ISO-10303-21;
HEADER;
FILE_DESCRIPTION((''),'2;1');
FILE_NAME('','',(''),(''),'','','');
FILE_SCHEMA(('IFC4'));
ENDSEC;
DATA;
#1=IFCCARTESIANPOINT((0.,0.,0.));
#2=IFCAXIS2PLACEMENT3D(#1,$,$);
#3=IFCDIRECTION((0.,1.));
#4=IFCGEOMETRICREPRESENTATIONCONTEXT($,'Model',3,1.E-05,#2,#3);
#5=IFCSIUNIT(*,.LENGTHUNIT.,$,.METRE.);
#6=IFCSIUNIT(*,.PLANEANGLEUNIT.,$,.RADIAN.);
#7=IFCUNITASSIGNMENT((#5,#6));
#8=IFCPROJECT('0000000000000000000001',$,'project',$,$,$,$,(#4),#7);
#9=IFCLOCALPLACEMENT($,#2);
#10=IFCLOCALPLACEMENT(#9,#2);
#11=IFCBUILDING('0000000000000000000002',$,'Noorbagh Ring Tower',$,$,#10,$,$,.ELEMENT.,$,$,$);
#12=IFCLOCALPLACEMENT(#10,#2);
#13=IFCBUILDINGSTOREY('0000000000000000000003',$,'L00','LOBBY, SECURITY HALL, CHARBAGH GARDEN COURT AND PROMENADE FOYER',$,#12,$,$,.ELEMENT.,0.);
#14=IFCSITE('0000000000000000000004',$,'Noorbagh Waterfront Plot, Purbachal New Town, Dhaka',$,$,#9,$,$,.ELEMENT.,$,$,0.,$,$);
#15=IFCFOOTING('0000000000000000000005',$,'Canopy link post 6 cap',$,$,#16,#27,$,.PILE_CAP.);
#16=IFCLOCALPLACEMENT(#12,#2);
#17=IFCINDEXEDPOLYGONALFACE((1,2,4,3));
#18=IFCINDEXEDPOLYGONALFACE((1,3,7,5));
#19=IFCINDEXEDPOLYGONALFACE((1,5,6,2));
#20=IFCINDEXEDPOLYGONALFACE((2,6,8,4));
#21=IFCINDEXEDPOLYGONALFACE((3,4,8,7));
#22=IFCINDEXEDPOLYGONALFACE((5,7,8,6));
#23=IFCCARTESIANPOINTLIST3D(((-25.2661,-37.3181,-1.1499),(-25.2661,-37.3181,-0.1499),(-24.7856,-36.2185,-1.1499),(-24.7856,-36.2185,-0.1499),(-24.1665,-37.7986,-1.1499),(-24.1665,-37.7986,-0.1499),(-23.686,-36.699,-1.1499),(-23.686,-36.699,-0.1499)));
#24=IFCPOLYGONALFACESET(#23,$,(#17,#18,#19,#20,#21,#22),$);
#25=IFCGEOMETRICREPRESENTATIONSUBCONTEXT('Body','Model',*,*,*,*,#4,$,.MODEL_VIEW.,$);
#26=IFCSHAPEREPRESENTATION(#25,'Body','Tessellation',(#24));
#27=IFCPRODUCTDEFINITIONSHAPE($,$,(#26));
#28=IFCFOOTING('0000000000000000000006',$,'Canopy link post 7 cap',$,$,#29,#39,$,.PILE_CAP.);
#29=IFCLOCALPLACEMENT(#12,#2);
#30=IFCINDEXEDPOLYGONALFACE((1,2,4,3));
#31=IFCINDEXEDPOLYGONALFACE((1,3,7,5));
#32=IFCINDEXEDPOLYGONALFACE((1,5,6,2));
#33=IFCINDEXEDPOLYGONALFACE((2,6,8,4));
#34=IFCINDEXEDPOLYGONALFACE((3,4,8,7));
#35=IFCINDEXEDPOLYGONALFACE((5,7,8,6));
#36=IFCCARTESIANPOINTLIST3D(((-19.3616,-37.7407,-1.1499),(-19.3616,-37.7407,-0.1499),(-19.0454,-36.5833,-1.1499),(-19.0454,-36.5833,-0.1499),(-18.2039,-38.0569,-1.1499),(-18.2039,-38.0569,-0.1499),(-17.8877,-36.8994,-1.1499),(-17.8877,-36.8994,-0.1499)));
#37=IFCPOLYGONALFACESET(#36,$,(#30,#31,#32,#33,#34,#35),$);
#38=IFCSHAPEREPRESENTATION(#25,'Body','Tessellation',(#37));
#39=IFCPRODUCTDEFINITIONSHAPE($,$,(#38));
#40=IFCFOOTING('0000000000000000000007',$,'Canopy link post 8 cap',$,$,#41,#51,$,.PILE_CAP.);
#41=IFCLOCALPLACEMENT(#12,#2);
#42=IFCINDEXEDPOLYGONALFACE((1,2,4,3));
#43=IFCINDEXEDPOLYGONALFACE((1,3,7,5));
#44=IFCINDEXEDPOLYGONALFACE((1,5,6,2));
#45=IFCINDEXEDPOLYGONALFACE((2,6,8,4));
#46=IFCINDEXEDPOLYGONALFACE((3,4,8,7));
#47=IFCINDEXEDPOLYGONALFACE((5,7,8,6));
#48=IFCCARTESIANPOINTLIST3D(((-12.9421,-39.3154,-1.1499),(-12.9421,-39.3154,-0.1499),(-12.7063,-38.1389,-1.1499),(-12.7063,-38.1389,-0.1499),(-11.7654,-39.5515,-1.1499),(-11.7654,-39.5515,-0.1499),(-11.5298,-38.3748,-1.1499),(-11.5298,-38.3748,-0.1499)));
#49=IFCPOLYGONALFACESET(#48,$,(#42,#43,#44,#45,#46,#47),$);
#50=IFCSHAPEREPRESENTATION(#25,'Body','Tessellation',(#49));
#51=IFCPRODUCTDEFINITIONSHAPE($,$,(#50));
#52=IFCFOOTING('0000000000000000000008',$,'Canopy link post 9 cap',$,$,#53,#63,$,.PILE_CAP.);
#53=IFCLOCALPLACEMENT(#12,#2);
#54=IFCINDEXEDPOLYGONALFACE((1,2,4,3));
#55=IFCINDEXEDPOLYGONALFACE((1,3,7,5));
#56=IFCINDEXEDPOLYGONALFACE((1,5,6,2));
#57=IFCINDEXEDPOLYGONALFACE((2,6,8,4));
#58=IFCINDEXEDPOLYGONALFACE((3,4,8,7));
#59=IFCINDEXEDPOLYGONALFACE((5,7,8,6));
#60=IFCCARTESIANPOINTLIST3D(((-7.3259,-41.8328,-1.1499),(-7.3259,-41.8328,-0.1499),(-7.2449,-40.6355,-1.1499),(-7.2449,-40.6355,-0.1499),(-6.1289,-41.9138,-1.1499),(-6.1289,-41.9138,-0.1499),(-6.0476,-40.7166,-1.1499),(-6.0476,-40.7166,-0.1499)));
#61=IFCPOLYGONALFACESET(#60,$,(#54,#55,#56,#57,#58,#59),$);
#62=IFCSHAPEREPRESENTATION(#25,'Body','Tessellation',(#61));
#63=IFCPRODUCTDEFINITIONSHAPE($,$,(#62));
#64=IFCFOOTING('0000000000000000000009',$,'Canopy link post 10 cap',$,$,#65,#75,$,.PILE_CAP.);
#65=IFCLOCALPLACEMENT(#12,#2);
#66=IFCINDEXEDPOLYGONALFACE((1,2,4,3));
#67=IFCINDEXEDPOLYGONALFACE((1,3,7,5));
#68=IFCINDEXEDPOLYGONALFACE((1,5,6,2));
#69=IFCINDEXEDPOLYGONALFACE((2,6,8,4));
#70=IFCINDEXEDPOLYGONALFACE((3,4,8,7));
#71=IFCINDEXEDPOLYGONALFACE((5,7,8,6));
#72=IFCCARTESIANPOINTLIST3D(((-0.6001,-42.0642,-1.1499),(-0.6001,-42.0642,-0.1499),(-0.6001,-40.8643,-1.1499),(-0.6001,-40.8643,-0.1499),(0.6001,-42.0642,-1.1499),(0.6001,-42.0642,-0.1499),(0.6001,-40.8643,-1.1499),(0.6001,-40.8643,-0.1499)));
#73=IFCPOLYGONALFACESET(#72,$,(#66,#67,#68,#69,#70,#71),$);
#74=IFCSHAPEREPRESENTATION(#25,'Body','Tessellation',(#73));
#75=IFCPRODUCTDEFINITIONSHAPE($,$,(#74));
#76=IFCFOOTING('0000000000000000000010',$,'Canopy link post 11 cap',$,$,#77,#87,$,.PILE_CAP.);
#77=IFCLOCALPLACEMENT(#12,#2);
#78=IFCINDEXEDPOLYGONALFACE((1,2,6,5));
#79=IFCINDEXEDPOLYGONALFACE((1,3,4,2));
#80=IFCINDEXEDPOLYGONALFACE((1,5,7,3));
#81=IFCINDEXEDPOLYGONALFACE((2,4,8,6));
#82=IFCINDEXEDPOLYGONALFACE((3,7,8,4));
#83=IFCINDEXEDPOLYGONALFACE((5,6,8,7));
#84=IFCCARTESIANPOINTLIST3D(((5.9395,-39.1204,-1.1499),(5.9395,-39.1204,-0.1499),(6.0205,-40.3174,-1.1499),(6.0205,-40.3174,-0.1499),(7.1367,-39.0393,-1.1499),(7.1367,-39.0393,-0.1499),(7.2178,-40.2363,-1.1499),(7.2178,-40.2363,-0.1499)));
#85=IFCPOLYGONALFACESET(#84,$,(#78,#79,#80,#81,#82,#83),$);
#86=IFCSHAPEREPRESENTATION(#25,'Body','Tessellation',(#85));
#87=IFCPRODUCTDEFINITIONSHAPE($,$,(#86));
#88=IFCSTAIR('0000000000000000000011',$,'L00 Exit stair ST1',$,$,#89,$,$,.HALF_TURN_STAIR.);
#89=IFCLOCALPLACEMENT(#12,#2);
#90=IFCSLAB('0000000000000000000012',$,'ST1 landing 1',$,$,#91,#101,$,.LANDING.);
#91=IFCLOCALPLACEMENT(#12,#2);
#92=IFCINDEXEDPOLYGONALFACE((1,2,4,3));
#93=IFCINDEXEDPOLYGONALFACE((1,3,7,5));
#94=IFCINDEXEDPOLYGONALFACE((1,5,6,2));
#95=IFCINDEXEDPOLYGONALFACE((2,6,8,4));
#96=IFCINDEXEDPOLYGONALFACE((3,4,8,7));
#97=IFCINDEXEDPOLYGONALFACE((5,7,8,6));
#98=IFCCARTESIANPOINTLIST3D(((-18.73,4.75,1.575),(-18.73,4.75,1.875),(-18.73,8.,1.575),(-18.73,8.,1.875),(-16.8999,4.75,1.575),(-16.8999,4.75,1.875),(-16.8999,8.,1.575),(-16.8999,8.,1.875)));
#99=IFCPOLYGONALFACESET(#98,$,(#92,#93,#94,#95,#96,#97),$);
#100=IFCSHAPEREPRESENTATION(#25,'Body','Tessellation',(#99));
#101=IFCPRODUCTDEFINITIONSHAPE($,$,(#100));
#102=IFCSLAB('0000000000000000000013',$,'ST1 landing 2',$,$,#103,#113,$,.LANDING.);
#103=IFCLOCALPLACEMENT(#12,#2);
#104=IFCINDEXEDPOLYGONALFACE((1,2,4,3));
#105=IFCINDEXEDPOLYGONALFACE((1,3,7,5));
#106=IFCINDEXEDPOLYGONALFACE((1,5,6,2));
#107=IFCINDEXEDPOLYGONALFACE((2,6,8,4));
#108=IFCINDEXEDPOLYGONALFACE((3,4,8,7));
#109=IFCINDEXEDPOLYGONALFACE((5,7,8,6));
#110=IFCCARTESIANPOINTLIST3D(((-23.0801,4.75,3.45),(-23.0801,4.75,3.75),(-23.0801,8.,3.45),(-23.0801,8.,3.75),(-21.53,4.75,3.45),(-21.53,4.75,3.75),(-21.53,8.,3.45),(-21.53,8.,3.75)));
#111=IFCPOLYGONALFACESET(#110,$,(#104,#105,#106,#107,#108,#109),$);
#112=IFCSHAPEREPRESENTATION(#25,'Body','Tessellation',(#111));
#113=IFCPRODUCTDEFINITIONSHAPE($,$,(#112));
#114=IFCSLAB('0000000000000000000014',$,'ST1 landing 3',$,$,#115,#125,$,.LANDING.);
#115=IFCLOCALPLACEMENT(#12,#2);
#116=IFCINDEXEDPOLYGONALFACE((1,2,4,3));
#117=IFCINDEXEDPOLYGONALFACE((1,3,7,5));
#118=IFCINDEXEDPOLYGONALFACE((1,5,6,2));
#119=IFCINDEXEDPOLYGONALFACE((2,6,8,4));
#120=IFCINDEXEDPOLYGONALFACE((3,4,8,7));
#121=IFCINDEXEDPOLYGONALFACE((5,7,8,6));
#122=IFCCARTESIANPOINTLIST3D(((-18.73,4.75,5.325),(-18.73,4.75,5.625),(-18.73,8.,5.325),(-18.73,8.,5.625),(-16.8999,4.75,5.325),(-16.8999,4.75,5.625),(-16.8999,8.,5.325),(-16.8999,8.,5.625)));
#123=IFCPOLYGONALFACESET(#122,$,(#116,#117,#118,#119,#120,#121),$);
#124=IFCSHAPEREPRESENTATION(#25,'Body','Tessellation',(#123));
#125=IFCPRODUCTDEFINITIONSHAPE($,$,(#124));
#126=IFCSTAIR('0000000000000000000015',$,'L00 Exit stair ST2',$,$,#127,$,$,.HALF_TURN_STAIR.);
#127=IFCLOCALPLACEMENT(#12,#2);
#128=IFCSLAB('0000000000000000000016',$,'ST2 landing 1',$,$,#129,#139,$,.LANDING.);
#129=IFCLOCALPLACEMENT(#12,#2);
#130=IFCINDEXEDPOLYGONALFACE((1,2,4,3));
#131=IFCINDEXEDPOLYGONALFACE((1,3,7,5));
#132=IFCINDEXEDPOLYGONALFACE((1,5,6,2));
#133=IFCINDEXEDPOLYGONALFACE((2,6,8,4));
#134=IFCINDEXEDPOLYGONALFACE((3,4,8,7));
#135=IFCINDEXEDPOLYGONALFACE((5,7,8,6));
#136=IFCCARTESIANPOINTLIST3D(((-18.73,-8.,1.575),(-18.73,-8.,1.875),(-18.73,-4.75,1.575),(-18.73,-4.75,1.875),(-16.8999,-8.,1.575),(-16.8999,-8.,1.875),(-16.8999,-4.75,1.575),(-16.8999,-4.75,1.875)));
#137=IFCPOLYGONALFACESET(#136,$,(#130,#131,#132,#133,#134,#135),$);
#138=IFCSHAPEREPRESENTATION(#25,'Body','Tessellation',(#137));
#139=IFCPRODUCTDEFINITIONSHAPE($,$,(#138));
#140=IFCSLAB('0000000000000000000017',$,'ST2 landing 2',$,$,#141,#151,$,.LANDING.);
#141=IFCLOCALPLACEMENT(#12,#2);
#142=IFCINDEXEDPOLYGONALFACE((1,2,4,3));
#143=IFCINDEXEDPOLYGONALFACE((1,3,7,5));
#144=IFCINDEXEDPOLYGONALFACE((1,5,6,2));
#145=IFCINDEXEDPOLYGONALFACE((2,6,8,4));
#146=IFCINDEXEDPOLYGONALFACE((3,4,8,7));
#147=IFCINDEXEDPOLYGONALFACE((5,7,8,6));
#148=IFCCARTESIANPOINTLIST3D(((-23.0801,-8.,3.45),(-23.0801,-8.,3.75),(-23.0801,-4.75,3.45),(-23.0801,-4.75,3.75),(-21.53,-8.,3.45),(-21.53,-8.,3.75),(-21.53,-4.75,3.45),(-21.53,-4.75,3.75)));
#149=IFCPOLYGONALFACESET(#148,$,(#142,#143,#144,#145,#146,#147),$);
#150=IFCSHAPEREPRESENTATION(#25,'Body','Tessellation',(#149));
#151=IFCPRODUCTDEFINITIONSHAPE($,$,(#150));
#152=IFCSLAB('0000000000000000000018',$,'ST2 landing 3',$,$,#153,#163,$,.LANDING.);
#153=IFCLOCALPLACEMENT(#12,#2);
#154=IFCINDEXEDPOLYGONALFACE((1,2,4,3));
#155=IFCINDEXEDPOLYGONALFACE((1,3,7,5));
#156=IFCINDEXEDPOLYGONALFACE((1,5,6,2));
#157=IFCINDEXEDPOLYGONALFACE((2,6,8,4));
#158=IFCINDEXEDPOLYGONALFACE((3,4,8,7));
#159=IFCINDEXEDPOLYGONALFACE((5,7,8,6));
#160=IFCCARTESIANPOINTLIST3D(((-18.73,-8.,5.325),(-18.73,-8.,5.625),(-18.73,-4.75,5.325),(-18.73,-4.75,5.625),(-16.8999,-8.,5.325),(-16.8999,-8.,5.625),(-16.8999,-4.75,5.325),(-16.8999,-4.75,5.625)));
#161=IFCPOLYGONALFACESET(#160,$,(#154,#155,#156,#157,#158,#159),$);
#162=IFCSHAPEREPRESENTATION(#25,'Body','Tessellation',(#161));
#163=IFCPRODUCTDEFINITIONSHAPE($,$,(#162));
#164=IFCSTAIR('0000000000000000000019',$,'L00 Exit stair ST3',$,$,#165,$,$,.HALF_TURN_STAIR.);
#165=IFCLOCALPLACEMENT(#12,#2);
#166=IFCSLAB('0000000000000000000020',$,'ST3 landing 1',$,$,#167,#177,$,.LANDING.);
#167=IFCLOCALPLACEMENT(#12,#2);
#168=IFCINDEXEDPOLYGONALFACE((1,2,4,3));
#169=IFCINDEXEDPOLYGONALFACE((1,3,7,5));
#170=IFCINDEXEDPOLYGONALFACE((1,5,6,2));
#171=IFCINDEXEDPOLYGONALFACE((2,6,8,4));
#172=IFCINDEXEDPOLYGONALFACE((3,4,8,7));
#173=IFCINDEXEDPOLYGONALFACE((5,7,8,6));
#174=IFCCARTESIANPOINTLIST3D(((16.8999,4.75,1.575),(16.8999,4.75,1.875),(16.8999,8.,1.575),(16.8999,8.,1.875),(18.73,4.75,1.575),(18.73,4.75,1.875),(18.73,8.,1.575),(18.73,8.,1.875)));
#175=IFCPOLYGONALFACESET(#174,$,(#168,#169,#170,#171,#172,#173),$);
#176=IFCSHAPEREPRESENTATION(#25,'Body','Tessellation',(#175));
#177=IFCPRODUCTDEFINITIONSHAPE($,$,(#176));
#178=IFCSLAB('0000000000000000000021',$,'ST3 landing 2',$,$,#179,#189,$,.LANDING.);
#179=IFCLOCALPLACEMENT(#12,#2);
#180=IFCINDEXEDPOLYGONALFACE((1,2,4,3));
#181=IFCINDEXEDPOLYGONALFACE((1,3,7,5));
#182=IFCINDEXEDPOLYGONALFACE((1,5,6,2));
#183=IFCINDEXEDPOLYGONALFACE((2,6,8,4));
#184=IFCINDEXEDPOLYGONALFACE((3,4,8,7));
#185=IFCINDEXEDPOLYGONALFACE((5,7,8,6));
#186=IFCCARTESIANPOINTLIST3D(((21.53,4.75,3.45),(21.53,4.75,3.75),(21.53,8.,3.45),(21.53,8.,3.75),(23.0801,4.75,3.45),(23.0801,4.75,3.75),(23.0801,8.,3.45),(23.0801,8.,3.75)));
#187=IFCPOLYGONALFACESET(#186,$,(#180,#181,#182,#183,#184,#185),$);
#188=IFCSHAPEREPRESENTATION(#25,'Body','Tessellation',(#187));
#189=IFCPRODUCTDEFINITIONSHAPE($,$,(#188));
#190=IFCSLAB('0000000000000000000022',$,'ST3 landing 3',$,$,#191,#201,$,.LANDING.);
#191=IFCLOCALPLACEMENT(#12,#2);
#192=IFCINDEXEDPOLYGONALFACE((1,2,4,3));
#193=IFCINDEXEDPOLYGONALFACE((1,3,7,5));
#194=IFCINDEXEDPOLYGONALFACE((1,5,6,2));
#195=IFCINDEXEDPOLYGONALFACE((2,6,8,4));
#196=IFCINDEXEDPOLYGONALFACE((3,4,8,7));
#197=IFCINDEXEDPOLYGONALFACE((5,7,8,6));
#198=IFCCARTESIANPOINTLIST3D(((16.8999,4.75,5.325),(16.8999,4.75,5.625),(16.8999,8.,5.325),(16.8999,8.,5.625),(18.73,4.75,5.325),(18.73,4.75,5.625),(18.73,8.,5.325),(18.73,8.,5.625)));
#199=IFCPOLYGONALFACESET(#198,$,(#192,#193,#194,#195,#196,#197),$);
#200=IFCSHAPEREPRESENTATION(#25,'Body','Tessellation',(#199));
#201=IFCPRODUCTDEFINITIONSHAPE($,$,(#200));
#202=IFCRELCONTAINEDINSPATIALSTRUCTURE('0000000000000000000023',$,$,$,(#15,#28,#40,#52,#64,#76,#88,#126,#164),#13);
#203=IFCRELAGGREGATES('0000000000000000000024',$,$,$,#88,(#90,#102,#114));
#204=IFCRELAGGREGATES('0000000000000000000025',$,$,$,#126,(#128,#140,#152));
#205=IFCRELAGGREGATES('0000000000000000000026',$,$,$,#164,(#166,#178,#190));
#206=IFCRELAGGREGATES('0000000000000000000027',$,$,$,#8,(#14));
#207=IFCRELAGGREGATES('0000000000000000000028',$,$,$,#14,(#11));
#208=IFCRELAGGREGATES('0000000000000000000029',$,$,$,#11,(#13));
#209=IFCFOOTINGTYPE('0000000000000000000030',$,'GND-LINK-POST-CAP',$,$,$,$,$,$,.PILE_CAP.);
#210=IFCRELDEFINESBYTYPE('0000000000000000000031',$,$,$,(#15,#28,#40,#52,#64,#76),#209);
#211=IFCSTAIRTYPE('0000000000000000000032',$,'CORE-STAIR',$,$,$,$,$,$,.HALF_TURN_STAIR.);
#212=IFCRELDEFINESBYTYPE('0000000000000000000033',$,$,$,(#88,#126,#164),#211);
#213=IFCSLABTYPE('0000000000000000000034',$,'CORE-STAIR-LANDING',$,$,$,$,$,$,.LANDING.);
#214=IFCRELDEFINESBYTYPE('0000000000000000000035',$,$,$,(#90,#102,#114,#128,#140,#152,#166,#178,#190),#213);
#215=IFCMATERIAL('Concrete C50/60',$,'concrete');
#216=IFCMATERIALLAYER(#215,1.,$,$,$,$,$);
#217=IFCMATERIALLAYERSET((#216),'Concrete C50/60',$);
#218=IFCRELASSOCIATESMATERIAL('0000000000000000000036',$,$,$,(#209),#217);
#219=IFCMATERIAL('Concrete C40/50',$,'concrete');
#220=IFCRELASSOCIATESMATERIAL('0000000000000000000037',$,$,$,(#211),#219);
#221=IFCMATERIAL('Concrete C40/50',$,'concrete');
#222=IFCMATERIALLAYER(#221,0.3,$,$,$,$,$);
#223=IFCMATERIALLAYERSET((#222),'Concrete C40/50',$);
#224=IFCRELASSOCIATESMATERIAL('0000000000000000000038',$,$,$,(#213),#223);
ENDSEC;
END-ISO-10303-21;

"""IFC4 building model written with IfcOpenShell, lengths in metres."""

from ifc_helpers import new_model, si_unit, direction, frame, origin, place, context, subcontext, project, spatial, polyline, outline, extrude, material, layer, layer_set, type_object, element, aggregate, save


model = new_model("IFC4")

# Units and contexts
model_context = context("Model", 3, precision=1e-05, world=origin(), true_north=direction((0.0, 1.0)))
body_context = subcontext(model_context, "Body", "Model", "MODEL_VIEW")
ifc_project = project(units=[si_unit("LENGTHUNIT", "METRE"), si_unit("PLANEANGLEUNIT", "RADIAN")], contexts=[model_context])

# Site, building, storey
site_placement = place(None, origin())
site = spatial("IfcSite", under=ifc_project, at=site_placement, Name="Noorbagh Waterfront Plot, Purbachal New Town, Dhaka", CompositionType="ELEMENT", RefElevation=0.0)
building_placement = place(site_placement, origin())
building = spatial("IfcBuilding", under=site, at=building_placement, Name="Noorbagh Ring Tower", CompositionType="ELEMENT")
storey_placement = place(building_placement, origin())
storey = spatial("IfcBuildingStorey", under=building, at=storey_placement, Name="L00", Description="LOBBY, SECURITY HALL, CHARBAGH GARDEN COURT AND PROMENADE FOYER", CompositionType="ELEMENT", Elevation=0.0)

# Footings
ifc_material_1 = material(Name="Concrete C50/60", Category="concrete")
ifc_layer_1 = layer(ifc_material_1, 1.0)
ifc_layer_set_1 = layer_set([ifc_layer_1], Name="Concrete C50/60")
footing_type = type_object("IfcFootingType", Name="GND-LINK-POST-CAP", PredefinedType="PILE_CAP", material=ifc_layer_set_1)
footing_1_placement = place(storey_placement, frame((0.0, 0.0, -1.1499)))
element("IfcFooting", 1, at=footing_1_placement, inside=storey, type_object=footing_type, Name="Canopy link post 6 cap", PredefinedType="PILE_CAP", context=body_context, shape_type="SweptSolid", body=[
    extrude(outline(polyline([(-23.686, -36.699), (-24.1665, -37.7986), (-25.2661, -37.3181), (-24.7856, -36.2185), (-23.686, -36.699)])), origin(), (0.0, 0.0, 1.0), 1.0),
])
footing_2_placement = place(storey_placement, frame((0.0, 0.0, -1.1499)))
element("IfcFooting", 2, at=footing_2_placement, inside=storey, type_object=footing_type, Name="Canopy link post 7 cap", PredefinedType="PILE_CAP", context=body_context, shape_type="SweptSolid", body=[
    extrude(outline(polyline([(-17.8877, -36.8994), (-18.2039, -38.0569), (-19.3616, -37.7407), (-19.0454, -36.5833), (-17.8877, -36.8994)])), origin(), (0.0, 0.0, 1.0), 1.0),
])
footing_3_placement = place(storey_placement, frame((0.0, 0.0, -1.1499)))
element("IfcFooting", 3, at=footing_3_placement, inside=storey, type_object=footing_type, Name="Canopy link post 8 cap", PredefinedType="PILE_CAP", context=body_context, shape_type="SweptSolid", body=[
    extrude(outline(polyline([(-11.5298, -38.3748), (-11.7654, -39.5515), (-12.9421, -39.3154), (-12.7063, -38.1389), (-11.5298, -38.3748)])), origin(), (0.0, 0.0, 1.0), 1.0),
])
footing_4_placement = place(storey_placement, frame((0.0, 0.0, -1.1499)))
element("IfcFooting", 4, at=footing_4_placement, inside=storey, type_object=footing_type, Name="Canopy link post 9 cap", PredefinedType="PILE_CAP", context=body_context, shape_type="SweptSolid", body=[
    extrude(outline(polyline([(-6.0476, -40.7166), (-6.1289, -41.9138), (-7.3259, -41.8328), (-7.2449, -40.6355), (-6.0476, -40.7166)])), origin(), (0.0, 0.0, 1.0), 1.0),
])
footing_5_placement = place(storey_placement, frame((0.0, 0.0, -1.1499)))
element("IfcFooting", 5, at=footing_5_placement, inside=storey, type_object=footing_type, Name="Canopy link post 10 cap", PredefinedType="PILE_CAP", context=body_context, shape_type="SweptSolid", body=[
    extrude(outline(polyline([(0.6001, -40.8643), (0.6001, -42.0642), (-0.6001, -42.0642), (-0.6001, -40.8643), (0.6001, -40.8643)])), origin(), (0.0, 0.0, 1.0), 1.0),
])
footing_6_placement = place(storey_placement, frame((0.0, 0.0, -1.1499)))
element("IfcFooting", 6, at=footing_6_placement, inside=storey, type_object=footing_type, Name="Canopy link post 11 cap", PredefinedType="PILE_CAP", context=body_context, shape_type="SweptSolid", body=[
    extrude(outline(polyline([(7.1367, -39.0393), (7.2178, -40.2363), (6.0205, -40.3174), (5.9395, -39.1204), (7.1367, -39.0393)])), origin(), (0.0, 0.0, 1.0), 1.0),
])

# Stairs, slabs
ifc_material_2 = material(Name="Concrete C40/50", Category="concrete")
stair_type_1 = type_object("IfcStairType", Name="CORE-STAIR", PredefinedType="HALF_TURN_STAIR", material=ifc_material_2)
stair_1_placement = place(storey_placement, origin())
stair_1 = element("IfcStair", 7, at=stair_1_placement, inside=storey, type_object=stair_type_1, Name="L00 Exit stair ST1", PredefinedType="HALF_TURN_STAIR")
ifc_material_3 = material(Name="Concrete C40/50", Category="concrete")
ifc_layer_2 = layer(ifc_material_3, 0.3)
ifc_layer_set_2 = layer_set([ifc_layer_2], Name="Concrete C40/50")
slab_type_1 = type_object("IfcSlabType", Name="CORE-STAIR-LANDING", PredefinedType="LANDING", material=ifc_layer_set_2)
slab_1_placement = place(storey_placement, frame((0.0, 0.0, 1.575)))
slab_1 = element("IfcSlab", 8, at=slab_1_placement, type_object=slab_type_1, Name="ST1 landing 1", PredefinedType="LANDING", context=body_context, shape_type="SweptSolid", body=[
    extrude(outline(polyline([(-18.73, 4.75), (-16.8999, 4.75), (-16.8999, 8.0), (-18.73, 8.0), (-18.73, 4.75)])), origin(), (0.0, 0.0, 1.0), 0.3),
])
slab_2_placement = place(storey_placement, frame((0.0, 0.0, 3.45)))
slab_2 = element("IfcSlab", 9, at=slab_2_placement, type_object=slab_type_1, Name="ST1 landing 2", PredefinedType="LANDING", context=body_context, shape_type="SweptSolid", body=[
    extrude(outline(polyline([(-23.0801, 4.75), (-21.53, 4.75), (-21.53, 8.0), (-23.0801, 8.0), (-23.0801, 4.75)])), origin(), (0.0, 0.0, 1.0), 0.3),
])
slab_3_placement = place(storey_placement, frame((0.0, 0.0, 5.325)))
slab_3 = element("IfcSlab", 10, at=slab_3_placement, type_object=slab_type_1, Name="ST1 landing 3", PredefinedType="LANDING", context=body_context, shape_type="SweptSolid", body=[
    extrude(outline(polyline([(-18.73, 4.75), (-16.8999, 4.75), (-16.8999, 8.0), (-18.73, 8.0), (-18.73, 4.75)])), origin(), (0.0, 0.0, 1.0), 0.3),
])
aggregate(stair_1, [slab_1, slab_2, slab_3])
stair_2_placement = place(storey_placement, origin())
stair_2 = element("IfcStair", 11, at=stair_2_placement, inside=storey, type_object=stair_type_1, Name="L00 Exit stair ST2", PredefinedType="HALF_TURN_STAIR")
slab_4_placement = place(storey_placement, frame((0.0, 0.0, 1.575)))
slab_4 = element("IfcSlab", 12, at=slab_4_placement, type_object=slab_type_1, Name="ST2 landing 1", PredefinedType="LANDING", context=body_context, shape_type="SweptSolid", body=[
    extrude(outline(polyline([(-18.73, -8.0), (-16.8999, -8.0), (-16.8999, -4.75), (-18.73, -4.75), (-18.73, -8.0)])), origin(), (0.0, 0.0, 1.0), 0.3),
])
slab_5_placement = place(storey_placement, frame((0.0, 0.0, 3.45)))
slab_5 = element("IfcSlab", 13, at=slab_5_placement, type_object=slab_type_1, Name="ST2 landing 2", PredefinedType="LANDING", context=body_context, shape_type="SweptSolid", body=[
    extrude(outline(polyline([(-23.0801, -8.0), (-21.53, -8.0), (-21.53, -4.75), (-23.0801, -4.75), (-23.0801, -8.0)])), origin(), (0.0, 0.0, 1.0), 0.3),
])
slab_6_placement = place(storey_placement, frame((0.0, 0.0, 5.325)))
slab_6 = element("IfcSlab", 14, at=slab_6_placement, type_object=slab_type_1, Name="ST2 landing 3", PredefinedType="LANDING", context=body_context, shape_type="SweptSolid", body=[
    extrude(outline(polyline([(-18.73, -8.0), (-16.8999, -8.0), (-16.8999, -4.75), (-18.73, -4.75), (-18.73, -8.0)])), origin(), (0.0, 0.0, 1.0), 0.3),
])
aggregate(stair_2, [slab_4, slab_5, slab_6])
stair_3_placement = place(storey_placement, origin())
stair_3 = element("IfcStair", 15, at=stair_3_placement, inside=storey, type_object=stair_type_1, Name="L00 Exit stair ST3", PredefinedType="HALF_TURN_STAIR")
slab_7_placement = place(storey_placement, frame((0.0, 0.0, 1.575)))
slab_7 = element("IfcSlab", 16, at=slab_7_placement, type_object=slab_type_1, Name="ST3 landing 1", PredefinedType="LANDING", context=body_context, shape_type="SweptSolid", body=[
    extrude(outline(polyline([(18.73, 8.0), (16.8999, 8.0), (16.8999, 4.75), (18.73, 4.75), (18.73, 8.0)])), origin(), (0.0, 0.0, 1.0), 0.3),
])
slab_8_placement = place(storey_placement, frame((0.0, 0.0, 3.45)))
slab_8 = element("IfcSlab", 17, at=slab_8_placement, type_object=slab_type_1, Name="ST3 landing 2", PredefinedType="LANDING", context=body_context, shape_type="SweptSolid", body=[
    extrude(outline(polyline([(23.0801, 8.0), (21.53, 8.0), (21.53, 4.75), (23.0801, 4.75), (23.0801, 8.0)])), origin(), (0.0, 0.0, 1.0), 0.3),
])
slab_9_placement = place(storey_placement, frame((0.0, 0.0, 5.325)))
slab_9 = element("IfcSlab", 18, at=slab_9_placement, type_object=slab_type_1, Name="ST3 landing 3", PredefinedType="LANDING", context=body_context, shape_type="SweptSolid", body=[
    extrude(outline(polyline([(18.73, 8.0), (16.8999, 8.0), (16.8999, 4.75), (18.73, 4.75), (18.73, 8.0)])), origin(), (0.0, 0.0, 1.0), 0.3),
])
aggregate(stair_3, [slab_7, slab_8, slab_9])

save(model, "model.ifc")
